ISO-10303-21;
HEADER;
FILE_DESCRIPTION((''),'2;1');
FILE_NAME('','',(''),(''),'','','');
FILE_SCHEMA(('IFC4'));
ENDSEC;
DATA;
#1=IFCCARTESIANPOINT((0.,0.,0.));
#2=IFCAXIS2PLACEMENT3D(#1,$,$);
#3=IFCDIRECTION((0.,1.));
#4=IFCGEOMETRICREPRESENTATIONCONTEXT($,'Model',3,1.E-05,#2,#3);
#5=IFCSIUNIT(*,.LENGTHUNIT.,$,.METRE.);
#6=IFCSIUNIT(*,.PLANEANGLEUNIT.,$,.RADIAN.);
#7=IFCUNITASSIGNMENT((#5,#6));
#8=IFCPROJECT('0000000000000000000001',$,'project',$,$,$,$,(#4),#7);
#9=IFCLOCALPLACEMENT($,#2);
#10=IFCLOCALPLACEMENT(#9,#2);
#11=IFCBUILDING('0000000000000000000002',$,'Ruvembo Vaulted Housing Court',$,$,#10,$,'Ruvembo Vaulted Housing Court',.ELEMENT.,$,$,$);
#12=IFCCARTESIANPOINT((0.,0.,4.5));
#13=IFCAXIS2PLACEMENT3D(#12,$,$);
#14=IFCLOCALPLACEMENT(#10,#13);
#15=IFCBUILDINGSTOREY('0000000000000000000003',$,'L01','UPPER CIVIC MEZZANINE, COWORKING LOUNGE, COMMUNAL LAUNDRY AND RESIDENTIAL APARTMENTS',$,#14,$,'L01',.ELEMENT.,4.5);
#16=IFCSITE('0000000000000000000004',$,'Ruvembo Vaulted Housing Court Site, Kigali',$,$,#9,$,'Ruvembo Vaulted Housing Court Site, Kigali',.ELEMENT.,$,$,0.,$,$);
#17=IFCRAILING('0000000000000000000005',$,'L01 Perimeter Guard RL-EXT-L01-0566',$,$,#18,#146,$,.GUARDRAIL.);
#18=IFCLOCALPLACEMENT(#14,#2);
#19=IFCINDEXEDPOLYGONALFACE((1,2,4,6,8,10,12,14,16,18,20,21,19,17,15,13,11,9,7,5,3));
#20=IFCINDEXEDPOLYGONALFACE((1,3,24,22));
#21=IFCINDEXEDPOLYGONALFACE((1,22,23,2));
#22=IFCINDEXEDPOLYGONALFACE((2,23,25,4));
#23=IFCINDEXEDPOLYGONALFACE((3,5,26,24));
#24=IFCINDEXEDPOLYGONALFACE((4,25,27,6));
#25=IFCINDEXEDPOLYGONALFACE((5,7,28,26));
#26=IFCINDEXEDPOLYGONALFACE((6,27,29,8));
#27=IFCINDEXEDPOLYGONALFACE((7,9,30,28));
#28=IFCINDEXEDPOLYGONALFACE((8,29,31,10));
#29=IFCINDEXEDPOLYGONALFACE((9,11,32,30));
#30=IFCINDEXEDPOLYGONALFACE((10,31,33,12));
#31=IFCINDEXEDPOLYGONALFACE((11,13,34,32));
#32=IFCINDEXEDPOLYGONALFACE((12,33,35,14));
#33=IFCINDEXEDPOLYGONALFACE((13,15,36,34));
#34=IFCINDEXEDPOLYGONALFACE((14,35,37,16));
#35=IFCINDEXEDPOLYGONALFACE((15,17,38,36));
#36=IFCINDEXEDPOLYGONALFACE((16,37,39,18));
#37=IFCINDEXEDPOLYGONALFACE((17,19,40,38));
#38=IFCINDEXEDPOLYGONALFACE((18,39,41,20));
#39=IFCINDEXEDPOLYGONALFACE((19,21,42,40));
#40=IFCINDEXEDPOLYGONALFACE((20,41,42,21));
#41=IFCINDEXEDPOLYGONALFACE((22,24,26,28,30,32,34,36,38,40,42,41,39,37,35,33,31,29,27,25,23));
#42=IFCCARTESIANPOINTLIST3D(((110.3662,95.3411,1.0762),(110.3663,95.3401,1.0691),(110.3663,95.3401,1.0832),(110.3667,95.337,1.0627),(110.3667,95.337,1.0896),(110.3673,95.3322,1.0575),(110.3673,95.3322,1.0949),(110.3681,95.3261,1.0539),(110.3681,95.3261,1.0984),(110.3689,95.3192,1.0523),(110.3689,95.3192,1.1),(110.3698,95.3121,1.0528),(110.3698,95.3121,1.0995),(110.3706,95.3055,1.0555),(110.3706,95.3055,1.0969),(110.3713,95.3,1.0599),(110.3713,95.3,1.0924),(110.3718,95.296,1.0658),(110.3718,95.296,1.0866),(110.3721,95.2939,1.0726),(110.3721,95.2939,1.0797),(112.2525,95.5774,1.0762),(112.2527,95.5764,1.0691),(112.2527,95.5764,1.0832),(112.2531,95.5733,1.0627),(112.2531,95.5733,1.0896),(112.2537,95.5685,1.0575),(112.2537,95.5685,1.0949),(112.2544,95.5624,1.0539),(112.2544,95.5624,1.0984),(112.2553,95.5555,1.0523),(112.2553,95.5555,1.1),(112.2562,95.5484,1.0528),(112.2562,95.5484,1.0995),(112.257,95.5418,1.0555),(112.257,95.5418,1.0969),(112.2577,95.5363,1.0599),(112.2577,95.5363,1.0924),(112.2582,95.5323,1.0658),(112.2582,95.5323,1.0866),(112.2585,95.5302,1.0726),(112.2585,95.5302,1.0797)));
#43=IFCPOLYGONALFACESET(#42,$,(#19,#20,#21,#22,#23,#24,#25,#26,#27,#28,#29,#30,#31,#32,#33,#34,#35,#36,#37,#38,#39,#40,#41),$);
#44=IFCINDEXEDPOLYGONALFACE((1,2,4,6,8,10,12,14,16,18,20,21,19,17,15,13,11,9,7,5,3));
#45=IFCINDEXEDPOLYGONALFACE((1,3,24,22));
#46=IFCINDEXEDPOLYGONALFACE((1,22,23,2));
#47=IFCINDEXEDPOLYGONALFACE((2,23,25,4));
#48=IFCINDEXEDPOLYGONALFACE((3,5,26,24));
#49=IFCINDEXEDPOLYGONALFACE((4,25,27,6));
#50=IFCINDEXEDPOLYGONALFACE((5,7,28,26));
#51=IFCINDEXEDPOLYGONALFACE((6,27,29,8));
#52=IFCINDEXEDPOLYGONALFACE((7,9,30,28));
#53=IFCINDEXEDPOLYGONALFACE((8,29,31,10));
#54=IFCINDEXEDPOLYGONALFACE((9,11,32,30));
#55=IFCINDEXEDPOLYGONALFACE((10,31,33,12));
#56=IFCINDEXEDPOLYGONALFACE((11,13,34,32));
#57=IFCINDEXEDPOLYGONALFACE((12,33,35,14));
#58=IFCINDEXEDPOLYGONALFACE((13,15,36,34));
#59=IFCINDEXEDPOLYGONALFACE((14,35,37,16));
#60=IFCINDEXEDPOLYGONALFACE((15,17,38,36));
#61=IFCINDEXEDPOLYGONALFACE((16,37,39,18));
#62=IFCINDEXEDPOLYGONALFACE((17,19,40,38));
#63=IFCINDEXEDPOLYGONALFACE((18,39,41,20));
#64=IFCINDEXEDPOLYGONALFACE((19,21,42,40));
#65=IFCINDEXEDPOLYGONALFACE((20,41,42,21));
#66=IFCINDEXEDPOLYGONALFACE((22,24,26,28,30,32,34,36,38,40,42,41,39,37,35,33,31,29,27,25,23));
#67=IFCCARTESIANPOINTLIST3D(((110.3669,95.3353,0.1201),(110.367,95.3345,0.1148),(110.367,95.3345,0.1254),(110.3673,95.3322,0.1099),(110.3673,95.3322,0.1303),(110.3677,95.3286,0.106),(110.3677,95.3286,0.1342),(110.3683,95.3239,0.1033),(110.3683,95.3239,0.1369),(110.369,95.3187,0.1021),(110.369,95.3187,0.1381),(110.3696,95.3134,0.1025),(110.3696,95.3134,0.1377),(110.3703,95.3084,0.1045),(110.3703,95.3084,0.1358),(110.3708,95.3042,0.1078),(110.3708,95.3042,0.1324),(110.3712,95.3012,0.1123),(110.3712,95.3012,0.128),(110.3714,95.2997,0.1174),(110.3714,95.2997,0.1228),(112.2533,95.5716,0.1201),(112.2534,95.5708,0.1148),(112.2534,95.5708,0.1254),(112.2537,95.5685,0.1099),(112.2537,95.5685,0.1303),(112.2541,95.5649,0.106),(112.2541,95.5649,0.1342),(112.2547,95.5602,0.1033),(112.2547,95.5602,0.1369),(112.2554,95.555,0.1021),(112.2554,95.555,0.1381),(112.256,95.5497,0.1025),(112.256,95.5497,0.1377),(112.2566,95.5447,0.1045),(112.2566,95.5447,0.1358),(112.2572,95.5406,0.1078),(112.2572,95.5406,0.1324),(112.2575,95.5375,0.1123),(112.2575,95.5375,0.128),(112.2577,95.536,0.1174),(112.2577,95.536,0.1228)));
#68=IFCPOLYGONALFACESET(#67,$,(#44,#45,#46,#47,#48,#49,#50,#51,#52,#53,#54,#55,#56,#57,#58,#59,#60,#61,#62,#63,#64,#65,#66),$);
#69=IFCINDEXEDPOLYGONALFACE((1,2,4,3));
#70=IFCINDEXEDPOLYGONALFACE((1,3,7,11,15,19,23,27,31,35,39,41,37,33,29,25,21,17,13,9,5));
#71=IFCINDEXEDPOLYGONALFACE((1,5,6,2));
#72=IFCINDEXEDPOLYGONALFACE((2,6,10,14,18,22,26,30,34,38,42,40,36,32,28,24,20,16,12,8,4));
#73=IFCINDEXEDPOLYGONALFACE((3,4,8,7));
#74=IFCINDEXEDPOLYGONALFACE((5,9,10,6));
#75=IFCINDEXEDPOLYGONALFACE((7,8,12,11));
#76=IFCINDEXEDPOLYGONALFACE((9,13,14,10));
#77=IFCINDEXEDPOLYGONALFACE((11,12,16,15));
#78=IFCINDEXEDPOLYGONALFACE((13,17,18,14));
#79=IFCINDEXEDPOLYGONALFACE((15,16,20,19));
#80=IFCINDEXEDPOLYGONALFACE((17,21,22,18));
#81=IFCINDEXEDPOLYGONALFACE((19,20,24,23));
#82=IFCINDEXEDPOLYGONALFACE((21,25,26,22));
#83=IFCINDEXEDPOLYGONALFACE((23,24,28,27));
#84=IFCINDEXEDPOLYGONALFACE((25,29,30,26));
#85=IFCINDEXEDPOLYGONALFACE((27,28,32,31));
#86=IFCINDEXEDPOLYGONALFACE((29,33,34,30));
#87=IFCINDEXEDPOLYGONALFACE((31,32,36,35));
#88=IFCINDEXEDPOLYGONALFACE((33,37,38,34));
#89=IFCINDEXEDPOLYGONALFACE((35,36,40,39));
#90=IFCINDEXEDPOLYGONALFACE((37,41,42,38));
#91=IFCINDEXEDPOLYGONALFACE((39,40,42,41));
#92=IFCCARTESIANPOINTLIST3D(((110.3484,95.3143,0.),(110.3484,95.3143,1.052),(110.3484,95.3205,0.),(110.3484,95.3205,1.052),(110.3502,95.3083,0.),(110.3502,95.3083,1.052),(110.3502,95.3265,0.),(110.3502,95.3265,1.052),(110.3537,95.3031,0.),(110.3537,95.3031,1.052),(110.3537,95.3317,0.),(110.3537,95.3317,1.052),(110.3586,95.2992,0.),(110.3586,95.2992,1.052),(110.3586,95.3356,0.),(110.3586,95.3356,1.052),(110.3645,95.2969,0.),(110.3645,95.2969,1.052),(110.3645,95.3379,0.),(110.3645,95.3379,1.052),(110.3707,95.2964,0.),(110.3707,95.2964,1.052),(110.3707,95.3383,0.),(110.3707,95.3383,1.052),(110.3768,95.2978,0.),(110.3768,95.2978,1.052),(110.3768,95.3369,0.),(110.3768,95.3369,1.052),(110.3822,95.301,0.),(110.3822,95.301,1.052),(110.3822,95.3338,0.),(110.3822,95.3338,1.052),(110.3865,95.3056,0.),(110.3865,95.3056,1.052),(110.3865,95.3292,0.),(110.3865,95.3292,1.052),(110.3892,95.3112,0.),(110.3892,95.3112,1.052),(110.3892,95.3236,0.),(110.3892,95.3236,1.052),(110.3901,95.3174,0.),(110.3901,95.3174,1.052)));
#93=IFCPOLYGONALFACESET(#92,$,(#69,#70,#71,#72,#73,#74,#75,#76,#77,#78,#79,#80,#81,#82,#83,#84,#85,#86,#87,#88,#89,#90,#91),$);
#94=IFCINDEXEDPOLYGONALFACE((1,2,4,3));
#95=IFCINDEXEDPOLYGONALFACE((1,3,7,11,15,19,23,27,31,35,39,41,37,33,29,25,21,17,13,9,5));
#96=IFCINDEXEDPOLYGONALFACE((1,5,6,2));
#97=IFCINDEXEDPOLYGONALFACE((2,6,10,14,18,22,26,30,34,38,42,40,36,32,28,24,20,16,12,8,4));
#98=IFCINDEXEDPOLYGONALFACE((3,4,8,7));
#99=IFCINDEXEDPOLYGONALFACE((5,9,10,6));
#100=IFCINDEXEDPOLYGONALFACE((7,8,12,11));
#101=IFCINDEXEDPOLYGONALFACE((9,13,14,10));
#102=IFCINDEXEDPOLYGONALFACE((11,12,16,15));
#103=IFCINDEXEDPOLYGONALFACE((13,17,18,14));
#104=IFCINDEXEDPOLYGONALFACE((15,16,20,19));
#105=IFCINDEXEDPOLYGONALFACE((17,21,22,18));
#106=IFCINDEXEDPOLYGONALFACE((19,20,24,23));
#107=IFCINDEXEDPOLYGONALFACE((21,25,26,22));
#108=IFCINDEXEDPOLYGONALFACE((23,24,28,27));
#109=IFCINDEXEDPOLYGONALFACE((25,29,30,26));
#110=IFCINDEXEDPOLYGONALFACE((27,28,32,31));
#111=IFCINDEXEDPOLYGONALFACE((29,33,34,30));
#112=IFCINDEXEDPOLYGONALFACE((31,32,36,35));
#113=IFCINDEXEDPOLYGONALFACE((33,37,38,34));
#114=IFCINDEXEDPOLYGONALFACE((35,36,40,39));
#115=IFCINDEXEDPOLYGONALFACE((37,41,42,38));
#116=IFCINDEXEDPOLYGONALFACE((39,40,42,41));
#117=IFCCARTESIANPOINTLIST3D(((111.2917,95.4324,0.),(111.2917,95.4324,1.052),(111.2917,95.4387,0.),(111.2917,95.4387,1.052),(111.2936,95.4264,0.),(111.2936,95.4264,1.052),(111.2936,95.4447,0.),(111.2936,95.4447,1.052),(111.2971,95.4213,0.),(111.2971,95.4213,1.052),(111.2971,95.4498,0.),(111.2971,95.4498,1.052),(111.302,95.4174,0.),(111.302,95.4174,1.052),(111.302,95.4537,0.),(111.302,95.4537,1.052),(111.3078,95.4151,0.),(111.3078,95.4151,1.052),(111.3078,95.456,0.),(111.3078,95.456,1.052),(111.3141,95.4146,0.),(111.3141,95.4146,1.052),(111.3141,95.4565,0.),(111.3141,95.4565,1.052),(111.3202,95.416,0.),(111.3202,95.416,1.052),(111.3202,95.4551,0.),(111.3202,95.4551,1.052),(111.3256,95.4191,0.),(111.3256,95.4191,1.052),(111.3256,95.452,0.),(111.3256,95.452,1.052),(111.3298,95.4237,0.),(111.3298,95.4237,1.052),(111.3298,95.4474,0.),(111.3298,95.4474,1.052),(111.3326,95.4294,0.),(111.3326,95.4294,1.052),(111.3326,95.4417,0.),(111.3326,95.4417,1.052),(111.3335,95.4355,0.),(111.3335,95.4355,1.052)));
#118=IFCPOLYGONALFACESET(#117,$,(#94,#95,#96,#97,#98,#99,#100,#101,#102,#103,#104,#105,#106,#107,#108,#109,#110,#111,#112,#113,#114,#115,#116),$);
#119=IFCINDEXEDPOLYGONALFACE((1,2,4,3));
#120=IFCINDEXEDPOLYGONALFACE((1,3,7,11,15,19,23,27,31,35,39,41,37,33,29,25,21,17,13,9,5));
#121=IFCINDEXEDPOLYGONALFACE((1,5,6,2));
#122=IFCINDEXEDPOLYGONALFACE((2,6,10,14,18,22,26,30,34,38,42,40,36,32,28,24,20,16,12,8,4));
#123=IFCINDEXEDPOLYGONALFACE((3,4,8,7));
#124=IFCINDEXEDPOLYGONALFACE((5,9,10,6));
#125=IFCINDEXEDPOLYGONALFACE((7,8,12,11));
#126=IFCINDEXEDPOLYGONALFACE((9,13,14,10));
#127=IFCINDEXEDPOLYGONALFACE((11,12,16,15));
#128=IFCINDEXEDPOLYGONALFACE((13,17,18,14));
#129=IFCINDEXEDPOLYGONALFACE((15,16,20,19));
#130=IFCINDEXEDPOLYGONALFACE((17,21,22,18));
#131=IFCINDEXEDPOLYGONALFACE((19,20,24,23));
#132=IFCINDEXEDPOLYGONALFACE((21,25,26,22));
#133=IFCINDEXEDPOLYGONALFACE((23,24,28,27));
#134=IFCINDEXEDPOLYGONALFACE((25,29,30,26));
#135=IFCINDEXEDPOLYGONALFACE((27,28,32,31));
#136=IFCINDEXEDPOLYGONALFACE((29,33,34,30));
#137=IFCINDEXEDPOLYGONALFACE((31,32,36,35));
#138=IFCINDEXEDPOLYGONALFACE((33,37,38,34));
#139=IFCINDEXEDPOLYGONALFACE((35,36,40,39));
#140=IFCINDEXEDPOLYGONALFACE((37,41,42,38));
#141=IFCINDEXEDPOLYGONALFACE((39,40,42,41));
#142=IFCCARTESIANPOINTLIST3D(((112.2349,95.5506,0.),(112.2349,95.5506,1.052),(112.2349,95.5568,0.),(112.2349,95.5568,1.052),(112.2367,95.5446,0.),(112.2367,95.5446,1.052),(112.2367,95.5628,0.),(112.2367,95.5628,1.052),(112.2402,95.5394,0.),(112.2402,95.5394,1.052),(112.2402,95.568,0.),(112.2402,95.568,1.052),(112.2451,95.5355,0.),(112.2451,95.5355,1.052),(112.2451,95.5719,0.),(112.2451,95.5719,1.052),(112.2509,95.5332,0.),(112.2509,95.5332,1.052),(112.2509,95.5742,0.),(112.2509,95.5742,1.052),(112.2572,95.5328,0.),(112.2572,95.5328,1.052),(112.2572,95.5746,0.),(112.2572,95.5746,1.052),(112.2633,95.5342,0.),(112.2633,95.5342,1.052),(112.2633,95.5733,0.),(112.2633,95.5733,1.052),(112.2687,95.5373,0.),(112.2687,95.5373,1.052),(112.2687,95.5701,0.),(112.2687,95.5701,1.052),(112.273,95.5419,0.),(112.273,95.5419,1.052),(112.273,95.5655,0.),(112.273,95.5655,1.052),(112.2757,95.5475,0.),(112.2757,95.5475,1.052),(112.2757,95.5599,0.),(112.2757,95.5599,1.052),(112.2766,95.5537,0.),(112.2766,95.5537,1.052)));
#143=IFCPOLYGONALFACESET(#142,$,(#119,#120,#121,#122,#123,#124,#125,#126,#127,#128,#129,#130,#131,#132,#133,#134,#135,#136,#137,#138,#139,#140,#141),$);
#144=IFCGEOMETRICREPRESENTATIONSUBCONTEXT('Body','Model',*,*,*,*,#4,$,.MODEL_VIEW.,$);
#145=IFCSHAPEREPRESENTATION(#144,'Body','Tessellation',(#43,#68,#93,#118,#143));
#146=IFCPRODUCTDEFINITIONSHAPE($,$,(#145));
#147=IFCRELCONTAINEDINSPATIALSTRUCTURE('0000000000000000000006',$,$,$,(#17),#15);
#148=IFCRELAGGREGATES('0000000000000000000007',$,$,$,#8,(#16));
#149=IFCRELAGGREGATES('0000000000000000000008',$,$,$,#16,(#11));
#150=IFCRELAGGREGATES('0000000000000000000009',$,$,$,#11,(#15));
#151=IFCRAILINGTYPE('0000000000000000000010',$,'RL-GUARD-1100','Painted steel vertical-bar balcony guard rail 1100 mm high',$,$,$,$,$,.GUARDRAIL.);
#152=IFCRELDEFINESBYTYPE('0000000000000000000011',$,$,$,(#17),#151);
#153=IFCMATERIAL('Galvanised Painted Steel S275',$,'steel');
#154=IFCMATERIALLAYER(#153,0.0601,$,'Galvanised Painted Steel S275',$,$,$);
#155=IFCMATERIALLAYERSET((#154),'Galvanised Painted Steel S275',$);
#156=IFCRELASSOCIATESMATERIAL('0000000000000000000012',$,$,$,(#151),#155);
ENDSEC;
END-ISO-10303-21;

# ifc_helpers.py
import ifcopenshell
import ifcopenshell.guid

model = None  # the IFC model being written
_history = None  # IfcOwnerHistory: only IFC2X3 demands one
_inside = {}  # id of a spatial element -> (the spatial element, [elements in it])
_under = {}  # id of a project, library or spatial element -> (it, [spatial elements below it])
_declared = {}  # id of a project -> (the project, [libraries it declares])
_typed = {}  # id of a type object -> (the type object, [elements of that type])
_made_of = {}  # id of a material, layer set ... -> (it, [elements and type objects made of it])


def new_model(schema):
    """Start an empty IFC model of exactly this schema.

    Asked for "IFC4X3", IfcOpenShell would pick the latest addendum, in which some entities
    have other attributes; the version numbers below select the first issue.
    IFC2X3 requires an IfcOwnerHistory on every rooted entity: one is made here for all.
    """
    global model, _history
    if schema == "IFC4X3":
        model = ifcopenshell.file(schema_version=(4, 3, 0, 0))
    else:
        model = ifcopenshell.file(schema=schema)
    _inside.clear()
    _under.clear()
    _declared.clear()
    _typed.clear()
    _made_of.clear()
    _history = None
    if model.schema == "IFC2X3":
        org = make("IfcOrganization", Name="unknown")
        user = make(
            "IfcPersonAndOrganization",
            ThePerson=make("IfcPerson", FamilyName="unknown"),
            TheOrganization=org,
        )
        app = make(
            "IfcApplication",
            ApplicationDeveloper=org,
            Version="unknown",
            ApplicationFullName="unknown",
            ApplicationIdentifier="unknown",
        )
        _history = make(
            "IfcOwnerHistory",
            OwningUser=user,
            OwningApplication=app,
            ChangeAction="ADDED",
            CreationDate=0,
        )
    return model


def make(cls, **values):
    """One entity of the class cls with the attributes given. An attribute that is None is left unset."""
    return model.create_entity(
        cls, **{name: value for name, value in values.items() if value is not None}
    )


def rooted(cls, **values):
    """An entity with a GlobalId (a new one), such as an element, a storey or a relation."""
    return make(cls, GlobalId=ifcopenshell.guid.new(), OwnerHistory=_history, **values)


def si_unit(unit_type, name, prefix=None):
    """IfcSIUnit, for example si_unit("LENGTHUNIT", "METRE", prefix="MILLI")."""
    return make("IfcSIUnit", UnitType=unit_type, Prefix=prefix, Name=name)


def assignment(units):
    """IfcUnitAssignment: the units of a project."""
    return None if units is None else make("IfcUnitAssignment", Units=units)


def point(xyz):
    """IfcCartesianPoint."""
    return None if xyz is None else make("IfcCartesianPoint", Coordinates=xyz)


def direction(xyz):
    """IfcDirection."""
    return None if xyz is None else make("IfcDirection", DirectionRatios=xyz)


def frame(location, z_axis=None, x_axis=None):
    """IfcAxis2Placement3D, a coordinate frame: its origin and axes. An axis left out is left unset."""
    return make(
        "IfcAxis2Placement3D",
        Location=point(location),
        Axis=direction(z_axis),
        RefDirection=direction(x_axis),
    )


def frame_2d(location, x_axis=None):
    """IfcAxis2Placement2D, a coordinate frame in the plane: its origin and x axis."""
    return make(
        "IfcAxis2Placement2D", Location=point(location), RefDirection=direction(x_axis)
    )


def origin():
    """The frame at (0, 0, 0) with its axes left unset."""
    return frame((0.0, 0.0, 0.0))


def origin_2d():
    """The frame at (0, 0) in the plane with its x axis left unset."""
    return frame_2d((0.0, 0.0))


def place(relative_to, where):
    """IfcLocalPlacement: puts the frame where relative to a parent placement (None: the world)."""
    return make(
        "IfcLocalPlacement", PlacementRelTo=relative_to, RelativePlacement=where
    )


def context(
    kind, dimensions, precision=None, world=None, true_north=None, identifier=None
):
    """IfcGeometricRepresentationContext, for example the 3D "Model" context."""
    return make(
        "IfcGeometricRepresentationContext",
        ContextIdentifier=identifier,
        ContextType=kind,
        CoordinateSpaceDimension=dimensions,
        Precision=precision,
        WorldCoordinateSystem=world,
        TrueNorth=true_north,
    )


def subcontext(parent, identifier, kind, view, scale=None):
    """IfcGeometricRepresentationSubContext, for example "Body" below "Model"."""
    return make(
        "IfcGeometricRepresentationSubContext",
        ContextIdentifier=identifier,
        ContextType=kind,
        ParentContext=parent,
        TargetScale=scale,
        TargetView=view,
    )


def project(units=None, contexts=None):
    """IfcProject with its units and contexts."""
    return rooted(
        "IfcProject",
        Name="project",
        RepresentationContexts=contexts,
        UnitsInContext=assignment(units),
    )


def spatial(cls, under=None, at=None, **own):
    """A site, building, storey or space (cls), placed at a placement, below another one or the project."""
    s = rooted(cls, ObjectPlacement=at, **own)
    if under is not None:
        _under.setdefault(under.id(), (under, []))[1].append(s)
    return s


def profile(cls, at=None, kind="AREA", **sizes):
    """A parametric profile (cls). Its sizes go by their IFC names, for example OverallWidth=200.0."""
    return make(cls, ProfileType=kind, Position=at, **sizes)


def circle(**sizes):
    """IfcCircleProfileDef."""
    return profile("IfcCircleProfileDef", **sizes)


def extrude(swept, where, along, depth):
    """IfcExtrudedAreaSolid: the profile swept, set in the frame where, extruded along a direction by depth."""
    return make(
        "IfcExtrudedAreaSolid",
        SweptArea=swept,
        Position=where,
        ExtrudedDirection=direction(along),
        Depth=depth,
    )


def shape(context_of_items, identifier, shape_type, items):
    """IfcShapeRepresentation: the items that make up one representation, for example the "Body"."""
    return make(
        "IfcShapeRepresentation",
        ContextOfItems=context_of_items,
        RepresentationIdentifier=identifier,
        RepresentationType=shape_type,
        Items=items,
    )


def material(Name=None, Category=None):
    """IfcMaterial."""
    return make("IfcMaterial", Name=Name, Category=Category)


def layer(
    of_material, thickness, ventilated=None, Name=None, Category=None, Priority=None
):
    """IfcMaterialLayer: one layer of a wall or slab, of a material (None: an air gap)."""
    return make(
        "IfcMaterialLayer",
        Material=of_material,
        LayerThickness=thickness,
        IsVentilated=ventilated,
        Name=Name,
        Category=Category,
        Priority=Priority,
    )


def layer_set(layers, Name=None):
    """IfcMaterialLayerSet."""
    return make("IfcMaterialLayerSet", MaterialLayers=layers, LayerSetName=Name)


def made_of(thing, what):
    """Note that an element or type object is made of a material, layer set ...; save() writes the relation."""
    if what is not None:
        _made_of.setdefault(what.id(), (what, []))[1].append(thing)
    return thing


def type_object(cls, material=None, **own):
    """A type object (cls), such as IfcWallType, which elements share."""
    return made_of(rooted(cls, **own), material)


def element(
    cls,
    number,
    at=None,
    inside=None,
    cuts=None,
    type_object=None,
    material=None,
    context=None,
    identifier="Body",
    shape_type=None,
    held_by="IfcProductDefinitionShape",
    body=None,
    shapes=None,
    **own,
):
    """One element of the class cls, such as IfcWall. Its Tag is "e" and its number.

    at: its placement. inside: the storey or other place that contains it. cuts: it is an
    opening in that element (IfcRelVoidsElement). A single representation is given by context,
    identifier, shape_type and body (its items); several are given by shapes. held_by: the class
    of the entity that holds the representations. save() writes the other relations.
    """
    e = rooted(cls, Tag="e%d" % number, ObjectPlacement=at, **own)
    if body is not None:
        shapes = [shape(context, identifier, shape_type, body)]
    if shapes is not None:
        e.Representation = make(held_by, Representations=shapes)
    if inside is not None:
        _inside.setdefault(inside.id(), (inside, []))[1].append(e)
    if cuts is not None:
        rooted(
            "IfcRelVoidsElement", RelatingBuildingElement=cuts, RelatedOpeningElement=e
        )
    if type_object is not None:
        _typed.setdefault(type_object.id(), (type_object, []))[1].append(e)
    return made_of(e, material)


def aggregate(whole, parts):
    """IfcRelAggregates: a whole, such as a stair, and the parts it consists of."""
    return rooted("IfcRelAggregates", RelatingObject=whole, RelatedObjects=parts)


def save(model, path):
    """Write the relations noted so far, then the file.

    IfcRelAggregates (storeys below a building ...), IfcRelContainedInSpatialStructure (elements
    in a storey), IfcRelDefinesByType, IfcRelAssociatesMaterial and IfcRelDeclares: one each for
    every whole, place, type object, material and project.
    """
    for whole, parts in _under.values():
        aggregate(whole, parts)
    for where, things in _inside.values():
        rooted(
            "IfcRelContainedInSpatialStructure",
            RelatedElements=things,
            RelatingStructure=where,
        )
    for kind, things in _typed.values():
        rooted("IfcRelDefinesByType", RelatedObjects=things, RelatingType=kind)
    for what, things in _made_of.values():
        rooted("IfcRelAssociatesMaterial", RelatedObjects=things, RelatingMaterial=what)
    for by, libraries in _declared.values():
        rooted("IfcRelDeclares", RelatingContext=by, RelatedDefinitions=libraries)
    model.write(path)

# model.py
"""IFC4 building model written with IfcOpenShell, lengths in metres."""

from ifc_helpers import new_model, si_unit, direction, frame, origin, origin_2d, place, context, subcontext, project, spatial, circle, extrude, material, layer, layer_set, type_object, element, save


model = new_model("IFC4")

# Units and contexts
model_context = context("Model", 3, precision=1e-05, world=origin(), true_north=direction((0.0, 1.0)))
body_context = subcontext(model_context, "Body", "Model", "MODEL_VIEW")
ifc_project = project(units=[si_unit("LENGTHUNIT", "METRE"), si_unit("PLANEANGLEUNIT", "RADIAN")], contexts=[model_context])

# Site, building, storey
site_placement = place(None, origin())
site = spatial("IfcSite", under=ifc_project, at=site_placement, Name="Ruvembo Vaulted Housing Court Site, Kigali", LongName="Ruvembo Vaulted Housing Court Site, Kigali", CompositionType="ELEMENT", RefElevation=0.0)
building_placement = place(site_placement, origin())
building = spatial("IfcBuilding", under=site, at=building_placement, Name="Ruvembo Vaulted Housing Court", LongName="Ruvembo Vaulted Housing Court", CompositionType="ELEMENT")
storey_placement = place(building_placement, frame((0.0, 0.0, 4.5)))
storey = spatial("IfcBuildingStorey", under=building, at=storey_placement, Name="L01", Description="UPPER CIVIC MEZZANINE, COWORKING LOUNGE, COMMUNAL LAUNDRY AND RESIDENTIAL APARTMENTS", LongName="L01", CompositionType="ELEMENT", Elevation=4.5)

# Railing
ifc_material_1 = material(Name="Galvanised Painted Steel S275", Category="steel")
ifc_layer = layer(ifc_material_1, 0.0601, Name="Galvanised Painted Steel S275")
ifc_layer_set = layer_set([ifc_layer], Name="Galvanised Painted Steel S275")
railing_type = type_object("IfcRailingType", Name="RL-GUARD-1100", Description="Painted steel vertical-bar balcony guard rail 1100 mm high", PredefinedType="GUARDRAIL", material=ifc_layer_set)
railing_1_placement = place(storey_placement, frame((110.3691, 95.3174, 0.0)))
element("IfcRailing", 1, at=railing_1_placement, inside=storey, type_object=railing_type, Name="L01 Perimeter Guard RL-EXT-L01-0566", PredefinedType="GUARDRAIL", context=body_context, shape_type="SweptSolid", body=[
    extrude(circle(Radius=0.0239, at=origin_2d()), frame((0.0, 0.0, 1.0762), z_axis=(0.992244, 0.124303, 0.0), x_axis=(-0.124303, 0.992244, 0.0)), (0.0, 0.0, 1.0), 1.9011),
    extrude(circle(Radius=0.0181, at=origin_2d()), frame((0.0, 0.0, 0.1201), z_axis=(0.992244, 0.124303, 0.0), x_axis=(-0.124303, 0.992244, 0.0)), (0.0, 0.0, 1.0), 1.9011),
    extrude(circle(Radius=0.021, at=origin_2d()), origin(), (0.0, 0.0, 1.0), 1.052),
    extrude(circle(Radius=0.021, at=origin_2d()), frame((0.9434, 0.1182, 0.0)), (0.0, 0.0, 1.0), 1.052),
    extrude(circle(Radius=0.021, at=origin_2d()), frame((1.8865, 0.2363, 0.0)), (0.0, 0.0, 1.0), 1.052),
])

save(model, "model.ifc")
